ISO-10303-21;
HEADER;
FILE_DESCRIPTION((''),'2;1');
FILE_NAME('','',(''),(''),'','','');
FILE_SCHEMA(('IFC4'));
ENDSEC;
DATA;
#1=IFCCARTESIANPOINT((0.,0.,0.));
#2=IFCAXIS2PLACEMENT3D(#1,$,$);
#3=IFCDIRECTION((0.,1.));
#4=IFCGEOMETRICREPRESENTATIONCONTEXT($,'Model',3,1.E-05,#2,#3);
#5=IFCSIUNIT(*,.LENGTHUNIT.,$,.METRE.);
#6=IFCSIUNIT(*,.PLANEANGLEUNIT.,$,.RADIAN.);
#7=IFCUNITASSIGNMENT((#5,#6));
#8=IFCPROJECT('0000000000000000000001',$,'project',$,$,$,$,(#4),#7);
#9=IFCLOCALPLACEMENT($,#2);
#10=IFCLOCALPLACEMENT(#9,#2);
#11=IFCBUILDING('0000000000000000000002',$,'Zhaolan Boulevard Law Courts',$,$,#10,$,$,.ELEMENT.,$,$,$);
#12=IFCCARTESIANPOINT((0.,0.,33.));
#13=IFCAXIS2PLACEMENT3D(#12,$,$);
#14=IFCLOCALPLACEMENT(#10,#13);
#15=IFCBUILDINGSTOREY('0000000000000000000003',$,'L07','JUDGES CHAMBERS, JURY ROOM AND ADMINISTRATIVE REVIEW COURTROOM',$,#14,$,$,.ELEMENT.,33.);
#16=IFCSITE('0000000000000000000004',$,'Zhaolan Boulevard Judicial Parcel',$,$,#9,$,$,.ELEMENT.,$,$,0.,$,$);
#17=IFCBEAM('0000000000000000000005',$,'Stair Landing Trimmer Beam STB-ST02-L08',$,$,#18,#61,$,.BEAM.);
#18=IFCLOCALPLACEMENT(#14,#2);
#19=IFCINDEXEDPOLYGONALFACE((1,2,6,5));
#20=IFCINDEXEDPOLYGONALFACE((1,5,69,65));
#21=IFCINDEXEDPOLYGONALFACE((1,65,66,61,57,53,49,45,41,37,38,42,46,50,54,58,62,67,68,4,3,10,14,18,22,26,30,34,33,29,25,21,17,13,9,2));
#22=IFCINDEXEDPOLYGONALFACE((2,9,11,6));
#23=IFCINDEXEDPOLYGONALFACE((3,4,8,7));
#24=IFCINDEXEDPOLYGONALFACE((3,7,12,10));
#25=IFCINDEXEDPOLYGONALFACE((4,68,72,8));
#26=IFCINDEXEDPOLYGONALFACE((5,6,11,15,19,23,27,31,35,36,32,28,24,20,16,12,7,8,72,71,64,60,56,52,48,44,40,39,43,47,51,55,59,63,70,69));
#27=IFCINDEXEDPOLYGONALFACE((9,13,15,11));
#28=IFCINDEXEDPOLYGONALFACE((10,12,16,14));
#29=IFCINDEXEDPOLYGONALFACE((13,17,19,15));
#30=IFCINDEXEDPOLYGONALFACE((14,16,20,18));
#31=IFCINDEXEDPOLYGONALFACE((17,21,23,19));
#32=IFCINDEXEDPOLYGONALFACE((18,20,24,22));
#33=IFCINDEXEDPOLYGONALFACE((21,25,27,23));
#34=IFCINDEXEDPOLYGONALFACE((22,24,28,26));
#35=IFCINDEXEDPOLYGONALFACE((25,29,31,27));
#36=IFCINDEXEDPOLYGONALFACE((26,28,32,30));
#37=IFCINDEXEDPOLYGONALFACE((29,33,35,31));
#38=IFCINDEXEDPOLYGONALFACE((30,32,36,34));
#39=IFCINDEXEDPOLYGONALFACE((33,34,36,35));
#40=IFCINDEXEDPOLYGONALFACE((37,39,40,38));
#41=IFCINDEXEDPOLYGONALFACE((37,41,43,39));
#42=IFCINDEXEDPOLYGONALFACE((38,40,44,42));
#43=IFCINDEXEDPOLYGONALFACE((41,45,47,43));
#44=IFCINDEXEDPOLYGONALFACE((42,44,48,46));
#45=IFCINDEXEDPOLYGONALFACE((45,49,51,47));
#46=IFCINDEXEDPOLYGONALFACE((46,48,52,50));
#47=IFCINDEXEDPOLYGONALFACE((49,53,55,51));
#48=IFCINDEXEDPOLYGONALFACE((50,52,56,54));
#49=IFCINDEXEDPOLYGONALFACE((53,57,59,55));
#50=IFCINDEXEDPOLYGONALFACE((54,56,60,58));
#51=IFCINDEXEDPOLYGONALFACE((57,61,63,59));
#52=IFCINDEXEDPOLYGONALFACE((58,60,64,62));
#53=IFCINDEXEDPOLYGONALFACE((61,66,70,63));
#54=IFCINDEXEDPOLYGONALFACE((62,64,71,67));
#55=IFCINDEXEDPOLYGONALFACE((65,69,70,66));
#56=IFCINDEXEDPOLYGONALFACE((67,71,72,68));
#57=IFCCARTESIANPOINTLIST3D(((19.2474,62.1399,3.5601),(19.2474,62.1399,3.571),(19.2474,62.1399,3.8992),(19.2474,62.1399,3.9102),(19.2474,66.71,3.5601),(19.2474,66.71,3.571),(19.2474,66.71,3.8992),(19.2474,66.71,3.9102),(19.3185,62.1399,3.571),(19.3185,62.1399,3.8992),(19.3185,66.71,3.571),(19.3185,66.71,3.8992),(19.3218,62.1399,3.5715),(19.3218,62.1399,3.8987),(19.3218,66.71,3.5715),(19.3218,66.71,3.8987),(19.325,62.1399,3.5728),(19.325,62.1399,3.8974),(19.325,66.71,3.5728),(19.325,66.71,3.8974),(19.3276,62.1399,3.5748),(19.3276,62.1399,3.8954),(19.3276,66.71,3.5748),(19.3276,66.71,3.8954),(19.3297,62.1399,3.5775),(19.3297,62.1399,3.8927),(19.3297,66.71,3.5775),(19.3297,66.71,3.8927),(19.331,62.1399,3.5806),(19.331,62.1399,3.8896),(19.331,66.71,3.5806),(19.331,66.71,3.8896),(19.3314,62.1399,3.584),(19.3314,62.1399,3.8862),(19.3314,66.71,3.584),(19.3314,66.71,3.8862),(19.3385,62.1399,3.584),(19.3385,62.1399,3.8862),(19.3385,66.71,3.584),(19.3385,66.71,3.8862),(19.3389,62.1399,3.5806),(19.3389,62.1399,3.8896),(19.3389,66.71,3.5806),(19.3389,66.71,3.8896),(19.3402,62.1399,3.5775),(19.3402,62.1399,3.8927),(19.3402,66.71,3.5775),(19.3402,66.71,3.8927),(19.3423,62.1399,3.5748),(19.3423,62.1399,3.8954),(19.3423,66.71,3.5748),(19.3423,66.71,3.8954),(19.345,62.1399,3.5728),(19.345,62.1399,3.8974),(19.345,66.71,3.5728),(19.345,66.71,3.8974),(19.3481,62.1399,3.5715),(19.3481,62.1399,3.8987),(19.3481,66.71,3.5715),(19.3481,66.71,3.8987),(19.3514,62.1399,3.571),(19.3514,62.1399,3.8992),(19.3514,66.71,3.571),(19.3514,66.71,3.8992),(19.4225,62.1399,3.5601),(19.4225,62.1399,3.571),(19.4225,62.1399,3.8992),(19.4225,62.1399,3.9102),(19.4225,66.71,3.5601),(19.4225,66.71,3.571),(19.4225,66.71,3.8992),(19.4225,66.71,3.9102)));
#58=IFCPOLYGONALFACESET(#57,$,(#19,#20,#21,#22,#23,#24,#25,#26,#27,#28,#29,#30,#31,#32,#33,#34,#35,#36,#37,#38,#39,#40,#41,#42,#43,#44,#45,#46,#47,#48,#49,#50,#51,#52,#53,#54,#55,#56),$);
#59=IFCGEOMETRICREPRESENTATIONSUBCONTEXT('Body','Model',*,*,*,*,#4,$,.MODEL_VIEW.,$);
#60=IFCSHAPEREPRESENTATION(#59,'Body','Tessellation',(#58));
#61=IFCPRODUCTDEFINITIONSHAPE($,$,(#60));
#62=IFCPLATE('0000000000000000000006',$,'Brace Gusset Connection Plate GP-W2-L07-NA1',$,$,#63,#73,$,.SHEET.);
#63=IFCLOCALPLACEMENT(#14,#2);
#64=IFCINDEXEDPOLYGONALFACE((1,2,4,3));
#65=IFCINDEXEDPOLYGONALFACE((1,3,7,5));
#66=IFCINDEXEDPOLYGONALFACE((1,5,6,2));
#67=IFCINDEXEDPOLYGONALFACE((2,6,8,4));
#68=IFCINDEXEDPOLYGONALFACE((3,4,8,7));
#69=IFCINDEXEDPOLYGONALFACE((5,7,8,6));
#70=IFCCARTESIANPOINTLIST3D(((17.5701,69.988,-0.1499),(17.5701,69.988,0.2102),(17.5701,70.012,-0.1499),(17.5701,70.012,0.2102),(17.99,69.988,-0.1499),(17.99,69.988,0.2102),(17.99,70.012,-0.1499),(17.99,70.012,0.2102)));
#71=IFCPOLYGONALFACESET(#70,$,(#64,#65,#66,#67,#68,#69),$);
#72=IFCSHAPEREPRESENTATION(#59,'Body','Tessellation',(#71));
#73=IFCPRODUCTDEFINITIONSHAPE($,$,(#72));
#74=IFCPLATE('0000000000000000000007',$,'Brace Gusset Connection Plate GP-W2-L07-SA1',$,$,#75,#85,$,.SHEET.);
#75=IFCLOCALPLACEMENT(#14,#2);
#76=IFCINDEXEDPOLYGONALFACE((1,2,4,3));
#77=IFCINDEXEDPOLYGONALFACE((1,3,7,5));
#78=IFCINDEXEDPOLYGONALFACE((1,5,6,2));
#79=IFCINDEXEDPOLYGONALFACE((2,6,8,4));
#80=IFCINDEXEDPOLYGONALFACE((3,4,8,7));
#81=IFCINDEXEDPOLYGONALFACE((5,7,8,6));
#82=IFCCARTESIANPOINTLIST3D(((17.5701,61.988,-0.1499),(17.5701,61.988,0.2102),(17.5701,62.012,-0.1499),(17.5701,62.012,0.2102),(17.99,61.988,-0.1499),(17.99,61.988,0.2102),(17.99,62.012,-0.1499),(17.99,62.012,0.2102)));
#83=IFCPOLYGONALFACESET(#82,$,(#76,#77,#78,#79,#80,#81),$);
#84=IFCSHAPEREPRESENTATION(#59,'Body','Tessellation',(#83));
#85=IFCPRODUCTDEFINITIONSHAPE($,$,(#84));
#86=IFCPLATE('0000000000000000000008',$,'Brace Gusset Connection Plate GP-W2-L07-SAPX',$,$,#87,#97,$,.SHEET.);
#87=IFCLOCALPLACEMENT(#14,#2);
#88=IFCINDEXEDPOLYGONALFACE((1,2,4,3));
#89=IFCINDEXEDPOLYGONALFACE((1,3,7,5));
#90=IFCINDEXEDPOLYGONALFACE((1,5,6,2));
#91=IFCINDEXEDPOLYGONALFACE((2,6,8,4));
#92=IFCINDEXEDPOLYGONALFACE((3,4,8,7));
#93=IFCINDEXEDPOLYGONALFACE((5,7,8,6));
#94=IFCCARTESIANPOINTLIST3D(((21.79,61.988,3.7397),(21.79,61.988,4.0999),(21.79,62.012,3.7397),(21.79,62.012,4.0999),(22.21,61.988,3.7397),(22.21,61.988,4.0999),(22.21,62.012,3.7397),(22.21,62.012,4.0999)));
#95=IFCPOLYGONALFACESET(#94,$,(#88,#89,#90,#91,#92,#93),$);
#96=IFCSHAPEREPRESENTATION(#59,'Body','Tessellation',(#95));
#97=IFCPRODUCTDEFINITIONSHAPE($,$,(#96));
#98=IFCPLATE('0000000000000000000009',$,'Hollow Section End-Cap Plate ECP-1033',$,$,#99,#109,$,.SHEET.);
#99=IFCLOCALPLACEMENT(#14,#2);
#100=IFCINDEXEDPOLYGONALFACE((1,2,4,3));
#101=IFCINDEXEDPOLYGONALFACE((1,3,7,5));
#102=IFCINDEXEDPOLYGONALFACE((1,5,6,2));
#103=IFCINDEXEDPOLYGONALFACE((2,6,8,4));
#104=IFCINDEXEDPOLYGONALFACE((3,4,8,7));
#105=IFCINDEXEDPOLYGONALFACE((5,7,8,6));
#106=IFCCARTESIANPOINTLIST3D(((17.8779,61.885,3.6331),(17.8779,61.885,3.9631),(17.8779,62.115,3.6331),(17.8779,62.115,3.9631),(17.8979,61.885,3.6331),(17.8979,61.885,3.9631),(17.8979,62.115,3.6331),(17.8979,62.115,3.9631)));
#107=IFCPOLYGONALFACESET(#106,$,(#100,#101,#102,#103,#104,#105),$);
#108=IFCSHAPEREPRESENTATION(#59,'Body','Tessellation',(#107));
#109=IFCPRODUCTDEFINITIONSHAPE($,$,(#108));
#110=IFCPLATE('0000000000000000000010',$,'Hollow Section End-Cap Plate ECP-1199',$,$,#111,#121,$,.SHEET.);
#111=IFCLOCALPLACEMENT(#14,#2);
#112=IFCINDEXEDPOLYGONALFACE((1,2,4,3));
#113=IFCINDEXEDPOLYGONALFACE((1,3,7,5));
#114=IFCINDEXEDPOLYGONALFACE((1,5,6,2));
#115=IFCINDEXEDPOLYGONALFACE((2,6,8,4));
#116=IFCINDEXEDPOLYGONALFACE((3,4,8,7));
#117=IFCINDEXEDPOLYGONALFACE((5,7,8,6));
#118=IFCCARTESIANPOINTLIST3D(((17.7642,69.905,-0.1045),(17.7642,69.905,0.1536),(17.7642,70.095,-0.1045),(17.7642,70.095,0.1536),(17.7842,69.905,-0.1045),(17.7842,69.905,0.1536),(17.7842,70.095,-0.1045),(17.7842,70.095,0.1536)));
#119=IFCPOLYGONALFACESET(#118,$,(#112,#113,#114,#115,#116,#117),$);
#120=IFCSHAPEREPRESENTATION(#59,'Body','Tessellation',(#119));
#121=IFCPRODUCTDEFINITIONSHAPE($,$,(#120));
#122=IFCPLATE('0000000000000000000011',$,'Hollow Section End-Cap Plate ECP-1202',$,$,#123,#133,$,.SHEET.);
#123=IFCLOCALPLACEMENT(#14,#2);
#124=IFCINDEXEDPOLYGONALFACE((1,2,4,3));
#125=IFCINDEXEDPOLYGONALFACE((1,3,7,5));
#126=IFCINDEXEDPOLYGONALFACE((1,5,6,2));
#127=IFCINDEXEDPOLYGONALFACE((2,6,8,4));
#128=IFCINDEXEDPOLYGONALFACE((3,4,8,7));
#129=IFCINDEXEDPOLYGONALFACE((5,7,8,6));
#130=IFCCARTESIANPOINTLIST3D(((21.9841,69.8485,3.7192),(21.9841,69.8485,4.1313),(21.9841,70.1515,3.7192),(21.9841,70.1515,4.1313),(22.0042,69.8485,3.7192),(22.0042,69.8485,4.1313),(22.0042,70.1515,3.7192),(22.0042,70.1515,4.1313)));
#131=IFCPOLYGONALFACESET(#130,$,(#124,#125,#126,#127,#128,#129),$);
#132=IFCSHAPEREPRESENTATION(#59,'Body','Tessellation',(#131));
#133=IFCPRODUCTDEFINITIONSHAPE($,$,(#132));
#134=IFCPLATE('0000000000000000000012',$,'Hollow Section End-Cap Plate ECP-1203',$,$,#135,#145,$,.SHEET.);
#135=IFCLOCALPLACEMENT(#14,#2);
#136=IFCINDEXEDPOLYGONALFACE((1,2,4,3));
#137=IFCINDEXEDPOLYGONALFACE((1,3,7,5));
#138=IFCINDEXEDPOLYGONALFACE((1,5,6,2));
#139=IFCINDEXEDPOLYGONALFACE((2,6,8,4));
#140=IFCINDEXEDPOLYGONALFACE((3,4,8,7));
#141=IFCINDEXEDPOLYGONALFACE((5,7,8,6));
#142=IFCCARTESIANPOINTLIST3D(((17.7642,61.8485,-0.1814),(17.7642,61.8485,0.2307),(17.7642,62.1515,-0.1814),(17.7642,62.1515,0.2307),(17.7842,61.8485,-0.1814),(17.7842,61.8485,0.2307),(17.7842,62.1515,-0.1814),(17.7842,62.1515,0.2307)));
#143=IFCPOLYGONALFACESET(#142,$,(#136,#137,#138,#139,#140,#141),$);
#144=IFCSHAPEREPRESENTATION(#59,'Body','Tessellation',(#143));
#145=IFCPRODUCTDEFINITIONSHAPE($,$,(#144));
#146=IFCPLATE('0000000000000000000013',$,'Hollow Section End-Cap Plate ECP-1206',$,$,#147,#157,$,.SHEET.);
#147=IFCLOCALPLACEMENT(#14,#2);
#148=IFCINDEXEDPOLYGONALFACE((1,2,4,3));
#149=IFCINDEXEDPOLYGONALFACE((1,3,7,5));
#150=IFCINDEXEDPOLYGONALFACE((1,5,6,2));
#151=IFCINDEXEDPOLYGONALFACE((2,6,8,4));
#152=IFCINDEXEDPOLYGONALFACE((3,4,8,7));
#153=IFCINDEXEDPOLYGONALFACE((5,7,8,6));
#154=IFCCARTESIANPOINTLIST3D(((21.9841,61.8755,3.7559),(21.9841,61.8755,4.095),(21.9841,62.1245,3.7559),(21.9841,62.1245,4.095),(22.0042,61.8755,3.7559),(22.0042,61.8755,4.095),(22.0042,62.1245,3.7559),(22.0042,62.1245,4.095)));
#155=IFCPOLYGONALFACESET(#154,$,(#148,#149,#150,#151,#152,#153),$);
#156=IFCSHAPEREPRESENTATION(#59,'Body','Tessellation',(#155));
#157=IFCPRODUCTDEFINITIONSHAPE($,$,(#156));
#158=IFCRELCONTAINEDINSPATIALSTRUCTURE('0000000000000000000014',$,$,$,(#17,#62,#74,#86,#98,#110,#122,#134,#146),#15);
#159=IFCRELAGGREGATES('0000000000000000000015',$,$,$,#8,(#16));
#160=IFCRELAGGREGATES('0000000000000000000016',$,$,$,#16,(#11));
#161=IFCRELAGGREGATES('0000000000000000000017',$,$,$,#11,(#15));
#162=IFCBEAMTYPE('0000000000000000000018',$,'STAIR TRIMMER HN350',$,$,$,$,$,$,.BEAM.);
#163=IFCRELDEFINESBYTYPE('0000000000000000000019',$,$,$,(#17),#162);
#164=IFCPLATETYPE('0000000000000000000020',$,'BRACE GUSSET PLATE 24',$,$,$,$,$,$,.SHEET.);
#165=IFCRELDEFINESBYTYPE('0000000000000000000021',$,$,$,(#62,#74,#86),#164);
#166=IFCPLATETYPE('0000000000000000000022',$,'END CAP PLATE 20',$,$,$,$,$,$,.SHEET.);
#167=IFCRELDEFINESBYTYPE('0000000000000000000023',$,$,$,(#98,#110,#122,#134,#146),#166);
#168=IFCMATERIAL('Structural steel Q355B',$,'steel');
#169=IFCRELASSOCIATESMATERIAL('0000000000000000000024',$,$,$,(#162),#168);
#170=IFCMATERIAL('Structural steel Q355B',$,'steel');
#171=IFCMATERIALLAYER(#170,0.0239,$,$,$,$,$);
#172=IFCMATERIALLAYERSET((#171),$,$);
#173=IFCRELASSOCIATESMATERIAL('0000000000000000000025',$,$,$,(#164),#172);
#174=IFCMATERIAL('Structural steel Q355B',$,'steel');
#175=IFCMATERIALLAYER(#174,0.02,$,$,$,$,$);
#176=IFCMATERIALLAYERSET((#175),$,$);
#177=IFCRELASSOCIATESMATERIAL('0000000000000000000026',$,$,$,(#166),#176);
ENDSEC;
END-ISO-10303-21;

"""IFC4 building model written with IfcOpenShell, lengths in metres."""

from ifc_helpers import new_model, si_unit, direction, frame, origin, origin_2d, place, context, subcontext, project, spatial, rectangle, i_section, extrude, material, layer, layer_set, material_profile, profile_set, type_object, element, save


model = new_model("IFC4")

# Units and contexts
model_context = context("Model", 3, precision=1e-05, world=origin(), true_north=direction((0.0, 1.0)))
body_context = subcontext(model_context, "Body", "Model", "MODEL_VIEW")
ifc_project = project(units=[si_unit("LENGTHUNIT", "METRE"), si_unit("PLANEANGLEUNIT", "RADIAN")], contexts=[model_context])

# Site, building, storey
site_placement = place(None, origin())
site = spatial("IfcSite", under=ifc_project, at=site_placement, Name="Zhaolan Boulevard Judicial Parcel", CompositionType="ELEMENT", RefElevation=0.0)
building_placement = place(site_placement, origin())
building = spatial("IfcBuilding", under=site, at=building_placement, Name="Zhaolan Boulevard Law Courts", CompositionType="ELEMENT")
storey_placement = place(building_placement, frame((0.0, 0.0, 33.0)))
storey = spatial("IfcBuildingStorey", under=building, at=storey_placement, Name="L07", Description="JUDGES CHAMBERS, JURY ROOM AND ADMINISTRATIVE REVIEW COURTROOM", CompositionType="ELEMENT", Elevation=33.0)

# Beam
ifc_material_1 = material(Name="Structural steel Q355B", Category="steel")
ifc_material_profile_1 = material_profile(ifc_material_1, i_section(OverallWidth=0.175, OverallDepth=0.3501, WebThickness=0.0071, FlangeThickness=0.011, FilletRadius=0.0129, at=origin_2d()), Name="HN350x175")
ifc_profile_set_1 = profile_set([ifc_material_profile_1], Name="Structural steel Q355B")
beam_type_1 = type_object("IfcBeamType", Name="STAIR TRIMMER HN350", PredefinedType="BEAM", material=ifc_profile_set_1)
beam_1_placement = place(storey_placement, frame((19.335, 62.1399, 3.7351), z_axis=(0.0, 1.0, 0.0), x_axis=(-1.0, 0.0, 0.0)))
element("IfcBeam", 1, at=beam_1_placement, inside=storey, type_object=beam_type_1, Name="Stair Landing Trimmer Beam STB-ST02-L08", PredefinedType="BEAM", context=body_context, shape_type="SweptSolid", body=[
    extrude(i_section(OverallWidth=0.175, OverallDepth=0.3501, WebThickness=0.0071, FlangeThickness=0.011, FilletRadius=0.0129, at=origin_2d()), origin(), (0.0, 0.0, 1.0), 4.5701),
])

# Plates
ifc_material_2 = material(Name="Structural steel Q355B", Category="steel")
ifc_layer_1 = layer(ifc_material_2, 0.0239)
ifc_layer_set_1 = layer_set([ifc_layer_1])
plate_type_1 = type_object("IfcPlateType", Name="BRACE GUSSET PLATE 24", PredefinedType="SHEET", material=ifc_layer_set_1)
for number, where, z_axis, x_axis, name in (
    (2, (17.78, 70.0, -0.1499), (0.0, 0.0, 1.0), (1.0, 0.0, 0.0), "Brace Gusset Connection Plate GP-W2-L07-NA1"),
    (3, (17.78, 62.0, -0.1499), (0.0, 0.0, 1.0), (1.0, 0.0, 0.0), "Brace Gusset Connection Plate GP-W2-L07-SA1"),
    (4, (22.0, 62.0, 3.7397), (0.0, 0.0, 1.0), (1.0, 0.0, 0.0), "Brace Gusset Connection Plate GP-W2-L07-SAPX"),
):
    element("IfcPlate", number, at=place(storey_placement, frame(where, z_axis=z_axis, x_axis=x_axis)), inside=storey, type_object=plate_type_1, Name=name, PredefinedType="SHEET", context=body_context, shape_type="SweptSolid", body=[
        extrude(rectangle(XDim=0.4199, YDim=0.0239, at=origin_2d()), origin(), (0.0, 0.0, 1.0), 0.3601),
    ])
ifc_material_3 = material(Name="Structural steel Q355B", Category="steel")
ifc_layer_2 = layer(ifc_material_3, 0.02)
ifc_layer_set_2 = layer_set([ifc_layer_2])
plate_type_2 = type_object("IfcPlateType", Name="END CAP PLATE 20", PredefinedType="SHEET", material=ifc_layer_set_2)
plate_1_placement = place(storey_placement, frame((17.8879, 62.0, 3.6331), z_axis=(0.0, 0.0, 1.0), x_axis=(1.0, 0.0, 0.0)))
element("IfcPlate", 5, at=plate_1_placement, inside=storey, type_object=plate_type_2, Name="Hollow Section End-Cap Plate ECP-1033", PredefinedType="SHEET", context=body_context, shape_type="SweptSolid", body=[
    extrude(rectangle(XDim=0.02, YDim=0.23, at=origin_2d()), origin(), (0.0, 0.0, 1.0), 0.3301),
])
plate_2_placement = place(storey_placement, frame((17.7742, 70.0, -0.1045), z_axis=(0.0, 0.0, 1.0), x_axis=(1.0, 0.0, 0.0)))
element("IfcPlate", 6, at=plate_2_placement, inside=storey, type_object=plate_type_2, Name="Hollow Section End-Cap Plate ECP-1199", PredefinedType="SHEET", context=body_context, shape_type="SweptSolid", body=[
    extrude(rectangle(XDim=0.02, YDim=0.1899, at=origin_2d()), origin(), (0.0, 0.0, 1.0), 0.2581),
])
for number, where, z_axis, x_axis, name in (
    (7, (21.9941, 70.0, 3.7192), (0.0, 0.0, 1.0), (-1.0, 0.0, 0.0), "Hollow Section End-Cap Plate ECP-1202"),
    (8, (17.7742, 62.0, -0.1814), (0.0, 0.0, 1.0), (1.0, 0.0, 0.0), "Hollow Section End-Cap Plate ECP-1203"),
):
    element("IfcPlate", number, at=place(storey_placement, frame(where, z_axis=z_axis, x_axis=x_axis)), inside=storey, type_object=plate_type_2, Name=name, PredefinedType="SHEET", context=body_context, shape_type="SweptSolid", body=[
        extrude(rectangle(XDim=0.02, YDim=0.303, at=origin_2d()), origin(), (0.0, 0.0, 1.0), 0.4121),
    ])
plate_3_placement = place(storey_placement, frame((21.9941, 62.0, 3.7559), z_axis=(0.0, 0.0, 1.0), x_axis=(-1.0, 0.0, 0.0)))
element("IfcPlate", 9, at=plate_3_placement, inside=storey, type_object=plate_type_2, Name="Hollow Section End-Cap Plate ECP-1206", PredefinedType="SHEET", context=body_context, shape_type="SweptSolid", body=[
    extrude(rectangle(XDim=0.02, YDim=0.249, at=origin_2d()), origin(), (0.0, 0.0, 1.0), 0.3391),
])

save(model, "model.ifc")
